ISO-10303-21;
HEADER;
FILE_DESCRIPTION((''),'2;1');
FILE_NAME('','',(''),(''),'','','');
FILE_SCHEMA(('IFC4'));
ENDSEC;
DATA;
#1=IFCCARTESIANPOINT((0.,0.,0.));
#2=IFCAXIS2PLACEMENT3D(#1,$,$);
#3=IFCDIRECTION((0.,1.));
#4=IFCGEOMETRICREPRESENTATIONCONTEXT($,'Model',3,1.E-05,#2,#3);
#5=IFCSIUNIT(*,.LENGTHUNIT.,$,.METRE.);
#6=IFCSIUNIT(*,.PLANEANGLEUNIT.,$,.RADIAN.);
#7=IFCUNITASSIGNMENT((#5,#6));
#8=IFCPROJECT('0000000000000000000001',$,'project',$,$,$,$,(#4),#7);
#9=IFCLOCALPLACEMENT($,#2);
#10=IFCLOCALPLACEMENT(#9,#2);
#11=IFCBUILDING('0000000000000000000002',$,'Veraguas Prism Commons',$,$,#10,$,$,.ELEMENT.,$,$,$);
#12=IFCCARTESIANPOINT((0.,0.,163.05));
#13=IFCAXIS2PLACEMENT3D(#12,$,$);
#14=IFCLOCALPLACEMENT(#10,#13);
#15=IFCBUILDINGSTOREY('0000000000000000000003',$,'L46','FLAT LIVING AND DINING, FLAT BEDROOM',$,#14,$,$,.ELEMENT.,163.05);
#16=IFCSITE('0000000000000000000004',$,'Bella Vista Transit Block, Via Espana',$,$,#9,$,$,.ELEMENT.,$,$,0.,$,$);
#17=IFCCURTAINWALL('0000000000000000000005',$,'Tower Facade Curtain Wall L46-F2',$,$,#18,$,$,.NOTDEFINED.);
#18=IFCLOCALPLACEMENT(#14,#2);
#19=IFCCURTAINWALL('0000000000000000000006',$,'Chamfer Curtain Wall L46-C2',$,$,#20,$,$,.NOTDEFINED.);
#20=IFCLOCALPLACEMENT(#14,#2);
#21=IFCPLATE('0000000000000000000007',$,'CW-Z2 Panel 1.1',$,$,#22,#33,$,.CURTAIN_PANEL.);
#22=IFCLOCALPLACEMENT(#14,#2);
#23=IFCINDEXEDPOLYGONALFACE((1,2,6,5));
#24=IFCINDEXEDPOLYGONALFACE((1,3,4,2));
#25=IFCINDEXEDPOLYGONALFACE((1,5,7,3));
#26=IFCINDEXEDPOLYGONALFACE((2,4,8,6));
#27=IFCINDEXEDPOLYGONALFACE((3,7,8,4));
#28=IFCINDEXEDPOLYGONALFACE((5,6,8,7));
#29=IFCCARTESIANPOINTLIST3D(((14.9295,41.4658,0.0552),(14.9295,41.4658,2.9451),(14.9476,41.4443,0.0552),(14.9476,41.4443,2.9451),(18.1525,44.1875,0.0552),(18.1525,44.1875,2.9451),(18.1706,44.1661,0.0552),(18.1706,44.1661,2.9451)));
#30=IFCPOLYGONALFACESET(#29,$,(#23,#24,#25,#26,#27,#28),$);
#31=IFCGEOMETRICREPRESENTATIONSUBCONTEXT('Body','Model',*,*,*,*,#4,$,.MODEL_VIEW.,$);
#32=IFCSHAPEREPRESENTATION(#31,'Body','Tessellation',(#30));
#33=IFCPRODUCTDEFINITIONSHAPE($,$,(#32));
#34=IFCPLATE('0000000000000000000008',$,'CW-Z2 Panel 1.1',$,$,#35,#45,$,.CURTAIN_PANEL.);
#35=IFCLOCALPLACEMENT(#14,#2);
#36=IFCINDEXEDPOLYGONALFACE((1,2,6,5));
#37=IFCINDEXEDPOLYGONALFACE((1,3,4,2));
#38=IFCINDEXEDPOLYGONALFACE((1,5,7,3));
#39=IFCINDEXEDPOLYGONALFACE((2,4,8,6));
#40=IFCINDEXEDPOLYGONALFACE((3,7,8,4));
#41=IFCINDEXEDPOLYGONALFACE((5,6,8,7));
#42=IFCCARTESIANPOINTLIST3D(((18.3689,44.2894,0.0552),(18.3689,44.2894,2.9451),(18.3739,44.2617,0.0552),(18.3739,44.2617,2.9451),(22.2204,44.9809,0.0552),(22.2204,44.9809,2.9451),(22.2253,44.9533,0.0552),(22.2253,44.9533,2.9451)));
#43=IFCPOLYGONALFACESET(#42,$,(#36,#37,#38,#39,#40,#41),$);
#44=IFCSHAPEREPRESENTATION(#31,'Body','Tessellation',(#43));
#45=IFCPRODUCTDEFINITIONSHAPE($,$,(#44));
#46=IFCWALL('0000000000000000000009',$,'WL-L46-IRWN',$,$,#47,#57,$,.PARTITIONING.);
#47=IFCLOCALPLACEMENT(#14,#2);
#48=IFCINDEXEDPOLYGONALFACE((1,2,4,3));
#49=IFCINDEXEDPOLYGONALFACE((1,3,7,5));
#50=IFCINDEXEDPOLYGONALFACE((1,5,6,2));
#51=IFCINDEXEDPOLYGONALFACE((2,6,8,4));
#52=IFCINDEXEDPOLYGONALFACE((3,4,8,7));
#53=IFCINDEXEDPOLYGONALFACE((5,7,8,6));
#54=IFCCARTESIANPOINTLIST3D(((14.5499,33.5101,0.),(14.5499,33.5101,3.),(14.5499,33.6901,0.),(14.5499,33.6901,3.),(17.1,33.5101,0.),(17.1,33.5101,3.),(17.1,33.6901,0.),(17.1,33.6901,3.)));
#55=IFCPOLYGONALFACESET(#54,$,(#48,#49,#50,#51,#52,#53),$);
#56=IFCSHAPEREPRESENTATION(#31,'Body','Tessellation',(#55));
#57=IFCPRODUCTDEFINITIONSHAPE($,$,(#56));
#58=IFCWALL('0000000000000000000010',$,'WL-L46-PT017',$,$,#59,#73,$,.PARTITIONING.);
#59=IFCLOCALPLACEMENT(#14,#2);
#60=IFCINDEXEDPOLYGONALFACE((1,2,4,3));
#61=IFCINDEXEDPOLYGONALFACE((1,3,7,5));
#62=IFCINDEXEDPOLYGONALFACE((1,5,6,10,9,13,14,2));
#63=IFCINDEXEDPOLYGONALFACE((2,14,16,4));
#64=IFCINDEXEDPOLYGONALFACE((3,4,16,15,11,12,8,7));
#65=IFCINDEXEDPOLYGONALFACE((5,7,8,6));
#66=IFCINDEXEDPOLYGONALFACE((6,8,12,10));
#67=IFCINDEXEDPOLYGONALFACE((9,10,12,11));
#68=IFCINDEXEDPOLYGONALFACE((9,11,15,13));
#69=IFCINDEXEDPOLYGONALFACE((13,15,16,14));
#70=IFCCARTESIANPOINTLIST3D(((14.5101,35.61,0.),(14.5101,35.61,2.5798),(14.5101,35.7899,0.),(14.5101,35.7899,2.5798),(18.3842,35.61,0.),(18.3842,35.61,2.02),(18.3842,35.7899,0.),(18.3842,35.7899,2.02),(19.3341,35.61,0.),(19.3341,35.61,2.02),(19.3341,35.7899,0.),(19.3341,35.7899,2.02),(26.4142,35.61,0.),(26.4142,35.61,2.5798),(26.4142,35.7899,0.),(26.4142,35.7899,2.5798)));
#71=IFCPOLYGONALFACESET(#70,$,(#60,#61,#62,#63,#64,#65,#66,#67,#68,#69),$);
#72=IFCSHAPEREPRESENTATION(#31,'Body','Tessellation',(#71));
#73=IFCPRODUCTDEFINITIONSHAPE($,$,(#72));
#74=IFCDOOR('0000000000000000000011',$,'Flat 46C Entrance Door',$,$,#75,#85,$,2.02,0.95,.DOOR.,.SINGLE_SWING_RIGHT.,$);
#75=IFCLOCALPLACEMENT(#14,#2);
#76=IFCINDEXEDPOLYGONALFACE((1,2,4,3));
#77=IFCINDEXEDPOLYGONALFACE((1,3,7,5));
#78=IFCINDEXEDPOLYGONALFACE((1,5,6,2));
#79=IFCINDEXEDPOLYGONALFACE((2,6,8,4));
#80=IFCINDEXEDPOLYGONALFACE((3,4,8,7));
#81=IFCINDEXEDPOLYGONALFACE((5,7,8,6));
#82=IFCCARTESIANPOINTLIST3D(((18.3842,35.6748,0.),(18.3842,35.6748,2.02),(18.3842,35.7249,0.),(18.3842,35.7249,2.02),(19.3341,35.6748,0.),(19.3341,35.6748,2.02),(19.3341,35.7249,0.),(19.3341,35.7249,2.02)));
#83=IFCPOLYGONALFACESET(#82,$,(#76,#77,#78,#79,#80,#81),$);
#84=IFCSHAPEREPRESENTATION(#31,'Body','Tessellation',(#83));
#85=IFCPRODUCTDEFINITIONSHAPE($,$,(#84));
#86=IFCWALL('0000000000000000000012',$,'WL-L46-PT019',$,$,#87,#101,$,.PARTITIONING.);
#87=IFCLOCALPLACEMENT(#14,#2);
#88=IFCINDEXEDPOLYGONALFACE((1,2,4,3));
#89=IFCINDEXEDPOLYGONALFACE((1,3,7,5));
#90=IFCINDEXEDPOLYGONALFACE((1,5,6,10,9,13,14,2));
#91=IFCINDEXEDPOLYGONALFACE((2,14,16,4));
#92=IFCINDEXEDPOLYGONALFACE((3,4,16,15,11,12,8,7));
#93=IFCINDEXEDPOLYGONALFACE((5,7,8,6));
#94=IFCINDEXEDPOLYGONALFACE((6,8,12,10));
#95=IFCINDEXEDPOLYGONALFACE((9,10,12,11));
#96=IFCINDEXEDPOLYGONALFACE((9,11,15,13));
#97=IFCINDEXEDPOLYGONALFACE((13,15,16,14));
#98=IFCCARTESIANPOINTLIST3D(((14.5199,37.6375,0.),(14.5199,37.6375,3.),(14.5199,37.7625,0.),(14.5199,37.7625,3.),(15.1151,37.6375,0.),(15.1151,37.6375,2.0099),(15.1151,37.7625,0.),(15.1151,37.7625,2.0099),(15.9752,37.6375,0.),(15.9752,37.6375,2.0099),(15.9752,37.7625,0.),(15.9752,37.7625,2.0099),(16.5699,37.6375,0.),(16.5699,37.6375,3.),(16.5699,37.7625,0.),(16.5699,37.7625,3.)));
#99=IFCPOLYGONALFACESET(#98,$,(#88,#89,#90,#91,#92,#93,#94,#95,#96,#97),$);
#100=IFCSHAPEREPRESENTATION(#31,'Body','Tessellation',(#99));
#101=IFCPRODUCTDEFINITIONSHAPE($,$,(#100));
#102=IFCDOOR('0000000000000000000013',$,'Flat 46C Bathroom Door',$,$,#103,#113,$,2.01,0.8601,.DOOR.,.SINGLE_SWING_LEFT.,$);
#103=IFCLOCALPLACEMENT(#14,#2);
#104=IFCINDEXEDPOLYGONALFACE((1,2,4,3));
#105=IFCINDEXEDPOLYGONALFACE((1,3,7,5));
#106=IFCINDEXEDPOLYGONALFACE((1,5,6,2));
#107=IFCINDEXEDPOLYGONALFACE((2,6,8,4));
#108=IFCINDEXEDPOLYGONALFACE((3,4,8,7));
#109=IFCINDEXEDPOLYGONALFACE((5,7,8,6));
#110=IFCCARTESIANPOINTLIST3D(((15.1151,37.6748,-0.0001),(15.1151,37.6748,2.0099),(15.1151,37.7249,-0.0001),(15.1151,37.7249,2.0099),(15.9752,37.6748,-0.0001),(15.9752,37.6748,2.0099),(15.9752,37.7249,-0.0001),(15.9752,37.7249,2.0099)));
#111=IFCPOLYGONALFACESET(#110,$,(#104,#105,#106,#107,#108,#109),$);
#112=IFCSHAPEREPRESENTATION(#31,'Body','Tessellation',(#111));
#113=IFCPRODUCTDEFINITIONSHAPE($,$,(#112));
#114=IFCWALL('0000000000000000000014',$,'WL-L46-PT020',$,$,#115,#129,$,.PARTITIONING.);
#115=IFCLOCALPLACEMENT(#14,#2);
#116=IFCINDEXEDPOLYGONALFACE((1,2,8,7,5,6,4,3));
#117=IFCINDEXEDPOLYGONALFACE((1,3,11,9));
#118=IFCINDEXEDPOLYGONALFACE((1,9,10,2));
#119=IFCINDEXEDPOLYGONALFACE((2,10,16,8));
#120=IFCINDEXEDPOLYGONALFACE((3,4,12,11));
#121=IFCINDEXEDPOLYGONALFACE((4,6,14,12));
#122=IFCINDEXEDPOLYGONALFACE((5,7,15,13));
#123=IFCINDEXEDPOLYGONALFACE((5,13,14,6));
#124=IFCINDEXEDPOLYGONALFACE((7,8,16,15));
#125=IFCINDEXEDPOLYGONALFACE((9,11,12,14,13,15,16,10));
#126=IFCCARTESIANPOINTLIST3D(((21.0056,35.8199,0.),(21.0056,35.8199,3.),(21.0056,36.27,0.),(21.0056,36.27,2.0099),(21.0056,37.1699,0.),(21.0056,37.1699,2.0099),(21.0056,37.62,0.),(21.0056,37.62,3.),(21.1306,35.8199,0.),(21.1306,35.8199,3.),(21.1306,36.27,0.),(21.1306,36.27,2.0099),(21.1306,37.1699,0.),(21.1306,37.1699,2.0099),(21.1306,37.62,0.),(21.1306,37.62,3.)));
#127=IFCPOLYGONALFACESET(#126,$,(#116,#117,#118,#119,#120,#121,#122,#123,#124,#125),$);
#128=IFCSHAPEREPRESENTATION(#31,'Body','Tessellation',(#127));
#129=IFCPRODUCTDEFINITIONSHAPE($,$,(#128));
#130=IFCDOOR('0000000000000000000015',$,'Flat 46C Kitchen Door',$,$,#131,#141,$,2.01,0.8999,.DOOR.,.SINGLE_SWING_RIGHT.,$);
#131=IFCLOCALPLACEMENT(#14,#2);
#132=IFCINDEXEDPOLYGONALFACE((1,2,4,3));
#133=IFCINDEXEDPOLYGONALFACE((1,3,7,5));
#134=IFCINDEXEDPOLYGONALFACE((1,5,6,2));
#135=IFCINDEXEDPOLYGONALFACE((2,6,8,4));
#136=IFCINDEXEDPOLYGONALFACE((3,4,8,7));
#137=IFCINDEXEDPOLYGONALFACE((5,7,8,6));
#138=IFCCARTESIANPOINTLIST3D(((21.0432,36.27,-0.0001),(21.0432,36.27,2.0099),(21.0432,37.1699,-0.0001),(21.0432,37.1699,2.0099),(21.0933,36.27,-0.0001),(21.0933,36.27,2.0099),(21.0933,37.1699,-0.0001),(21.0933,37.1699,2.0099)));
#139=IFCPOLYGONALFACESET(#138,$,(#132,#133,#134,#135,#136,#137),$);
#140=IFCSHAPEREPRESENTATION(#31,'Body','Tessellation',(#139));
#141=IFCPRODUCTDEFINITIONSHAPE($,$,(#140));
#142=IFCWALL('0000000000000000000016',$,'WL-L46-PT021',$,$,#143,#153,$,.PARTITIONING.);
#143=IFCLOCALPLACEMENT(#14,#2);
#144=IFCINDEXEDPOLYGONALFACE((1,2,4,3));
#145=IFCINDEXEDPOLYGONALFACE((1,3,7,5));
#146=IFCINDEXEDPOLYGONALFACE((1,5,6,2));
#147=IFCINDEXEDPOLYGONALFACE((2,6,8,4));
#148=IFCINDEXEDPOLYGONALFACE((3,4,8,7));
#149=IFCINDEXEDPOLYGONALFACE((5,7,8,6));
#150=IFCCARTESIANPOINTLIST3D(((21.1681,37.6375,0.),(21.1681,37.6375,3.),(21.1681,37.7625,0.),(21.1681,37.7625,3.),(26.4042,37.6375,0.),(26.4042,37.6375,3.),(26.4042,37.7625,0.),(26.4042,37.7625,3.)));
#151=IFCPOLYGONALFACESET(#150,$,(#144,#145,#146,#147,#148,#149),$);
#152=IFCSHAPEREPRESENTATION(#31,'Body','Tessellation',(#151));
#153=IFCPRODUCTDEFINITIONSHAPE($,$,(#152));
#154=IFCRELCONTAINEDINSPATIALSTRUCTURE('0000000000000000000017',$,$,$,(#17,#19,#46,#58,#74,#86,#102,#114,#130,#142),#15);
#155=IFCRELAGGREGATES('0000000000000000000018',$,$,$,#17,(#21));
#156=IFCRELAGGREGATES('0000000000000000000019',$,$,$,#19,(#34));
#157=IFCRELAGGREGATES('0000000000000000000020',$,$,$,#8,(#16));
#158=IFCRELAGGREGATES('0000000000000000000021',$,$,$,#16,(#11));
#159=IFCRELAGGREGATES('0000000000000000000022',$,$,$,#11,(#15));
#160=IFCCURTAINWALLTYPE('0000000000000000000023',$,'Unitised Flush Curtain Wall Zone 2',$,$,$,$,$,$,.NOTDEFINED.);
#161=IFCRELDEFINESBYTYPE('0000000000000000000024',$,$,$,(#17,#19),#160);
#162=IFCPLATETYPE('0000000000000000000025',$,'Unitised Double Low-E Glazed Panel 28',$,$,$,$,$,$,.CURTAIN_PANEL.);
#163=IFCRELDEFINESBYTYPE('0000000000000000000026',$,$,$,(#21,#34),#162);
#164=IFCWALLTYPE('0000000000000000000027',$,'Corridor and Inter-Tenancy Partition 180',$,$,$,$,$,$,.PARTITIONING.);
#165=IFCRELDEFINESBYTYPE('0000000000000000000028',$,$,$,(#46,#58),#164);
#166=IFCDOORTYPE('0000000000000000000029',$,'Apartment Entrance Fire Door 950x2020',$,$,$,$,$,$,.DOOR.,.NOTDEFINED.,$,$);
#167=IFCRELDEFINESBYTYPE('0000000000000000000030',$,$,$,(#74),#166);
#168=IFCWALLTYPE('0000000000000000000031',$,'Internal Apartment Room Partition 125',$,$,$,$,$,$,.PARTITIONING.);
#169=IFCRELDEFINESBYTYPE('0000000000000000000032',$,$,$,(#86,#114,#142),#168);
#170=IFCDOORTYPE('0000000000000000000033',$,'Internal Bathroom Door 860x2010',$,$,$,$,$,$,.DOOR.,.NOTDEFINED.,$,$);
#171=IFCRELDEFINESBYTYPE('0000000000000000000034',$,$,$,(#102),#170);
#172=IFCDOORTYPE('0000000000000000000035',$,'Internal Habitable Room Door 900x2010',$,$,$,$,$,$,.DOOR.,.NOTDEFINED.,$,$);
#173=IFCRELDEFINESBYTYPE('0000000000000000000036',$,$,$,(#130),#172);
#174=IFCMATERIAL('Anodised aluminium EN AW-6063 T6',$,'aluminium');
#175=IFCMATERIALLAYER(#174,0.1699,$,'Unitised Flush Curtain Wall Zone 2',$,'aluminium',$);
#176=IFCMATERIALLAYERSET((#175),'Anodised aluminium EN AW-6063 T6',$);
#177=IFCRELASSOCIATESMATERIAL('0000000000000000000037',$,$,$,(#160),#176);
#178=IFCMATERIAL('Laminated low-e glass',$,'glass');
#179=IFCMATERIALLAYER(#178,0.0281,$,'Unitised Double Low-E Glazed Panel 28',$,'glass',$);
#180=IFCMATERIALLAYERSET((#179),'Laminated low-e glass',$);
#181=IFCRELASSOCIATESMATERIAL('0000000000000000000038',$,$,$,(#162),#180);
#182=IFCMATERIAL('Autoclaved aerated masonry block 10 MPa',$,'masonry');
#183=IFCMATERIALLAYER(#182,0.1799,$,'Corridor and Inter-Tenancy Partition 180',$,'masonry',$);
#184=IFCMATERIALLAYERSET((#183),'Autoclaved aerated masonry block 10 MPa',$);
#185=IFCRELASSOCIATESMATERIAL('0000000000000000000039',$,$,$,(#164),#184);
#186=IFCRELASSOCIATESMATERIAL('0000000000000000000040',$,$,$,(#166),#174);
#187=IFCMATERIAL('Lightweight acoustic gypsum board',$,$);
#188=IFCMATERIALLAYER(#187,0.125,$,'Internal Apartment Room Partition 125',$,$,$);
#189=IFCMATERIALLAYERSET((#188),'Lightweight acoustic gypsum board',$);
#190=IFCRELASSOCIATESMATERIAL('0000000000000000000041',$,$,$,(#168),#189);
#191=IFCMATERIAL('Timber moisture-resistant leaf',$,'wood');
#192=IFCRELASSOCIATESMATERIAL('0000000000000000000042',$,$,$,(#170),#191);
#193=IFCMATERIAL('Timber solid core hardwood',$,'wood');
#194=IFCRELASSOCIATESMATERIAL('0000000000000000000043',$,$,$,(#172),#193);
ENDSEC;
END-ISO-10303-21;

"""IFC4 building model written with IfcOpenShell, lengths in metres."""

from ifc_helpers import new_model, si_unit, direction, frame, frame_2d, origin, origin_2d, place, context, subcontext, project, spatial, rectangle, extrude, source, transform, mapped, material, layer, layer_set, type_object, element, fill, aggregate, save


model = new_model("IFC4")

# Units and contexts
model_context = context("Model", 3, precision=1e-05, world=origin(), true_north=direction((0.0, 1.0)))
body_context = subcontext(model_context, "Body", "Model", "MODEL_VIEW")
ifc_project = project(units=[si_unit("LENGTHUNIT", "METRE"), si_unit("PLANEANGLEUNIT", "RADIAN")], contexts=[model_context])

# Site, building, storey
site_placement = place(None, origin())
site = spatial("IfcSite", under=ifc_project, at=site_placement, Name="Bella Vista Transit Block, Via Espana", CompositionType="ELEMENT", RefElevation=0.0)
building_placement = place(site_placement, origin())
building = spatial("IfcBuilding", under=site, at=building_placement, Name="Veraguas Prism Commons", CompositionType="ELEMENT")
storey_placement = place(building_placement, frame((0.0, 0.0, 163.05)))
storey = spatial("IfcBuildingStorey", under=building, at=storey_placement, Name="L46", Description="FLAT LIVING AND DINING, FLAT BEDROOM", CompositionType="ELEMENT", Elevation=163.05)

# Curtain walls
ifc_material_1 = material(Name="Anodised aluminium EN AW-6063 T6", Category="aluminium")
ifc_layer_1 = layer(ifc_material_1, 0.1699, Name="Unitised Flush Curtain Wall Zone 2", Category="aluminium")
ifc_layer_set_1 = layer_set([ifc_layer_1], Name="Anodised aluminium EN AW-6063 T6")
curtain_wall_type = type_object("IfcCurtainWallType", Name="Unitised Flush Curtain Wall Zone 2", PredefinedType="NOTDEFINED", material=ifc_layer_set_1)
curtain_wall_1_placement = place(storey_placement, origin())
curtain_wall_1 = element("IfcCurtainWall", 1, at=curtain_wall_1_placement, inside=storey, type_object=curtain_wall_type, Name="Tower Facade Curtain Wall L46-F2", PredefinedType="NOTDEFINED")
curtain_wall_2_placement = place(storey_placement, origin())
curtain_wall_2 = element("IfcCurtainWall", 2, at=curtain_wall_2_placement, inside=storey, type_object=curtain_wall_type, Name="Chamfer Curtain Wall L46-C2", PredefinedType="NOTDEFINED")

# Plates
ifc_material_2 = material(Name="Laminated low-e glass", Category="glass")
ifc_layer_2 = layer(ifc_material_2, 0.0281, Name="Unitised Double Low-E Glazed Panel 28", Category="glass")
ifc_layer_set_2 = layer_set([ifc_layer_2], Name="Laminated low-e glass")
plate_type = type_object("IfcPlateType", Name="Unitised Double Low-E Glazed Panel 28", PredefinedType="CURTAIN_PANEL", material=ifc_layer_set_2)
shared_shape_1 = source(origin(), body_context, "Body", "SweptSolid", [
    extrude(rectangle(XDim=4.2185, YDim=0.0281, at=origin_2d()), origin(), (0.0, 0.0, 1.0), 2.8899),
])
plate_1_placement = place(storey_placement, frame((16.55, 42.8159, 0.0552), z_axis=(0.0, 0.0, 1.0), x_axis=(-0.764022, -0.64519, 0.0)))
plate_1 = element("IfcPlate", 3, at=plate_1_placement, type_object=plate_type, Name="CW-Z2 Panel 1.1", PredefinedType="CURTAIN_PANEL", context=body_context, shape_type="MappedRepresentation", body=[
    mapped(shared_shape_1, transform((0.0, 0.0, 0.0), scale=1.0)),
])
aggregate(curtain_wall_1, [plate_1])
shared_shape_2 = source(origin(), body_context, "Body", "SweptSolid", [
    extrude(rectangle(XDim=3.9131, YDim=0.0281, at=origin_2d()), origin(), (0.0, 0.0, 1.0), 2.8899),
])
plate_2_placement = place(storey_placement, frame((20.2971, 44.6213, 0.0552), z_axis=(0.0, 0.0, 1.0), x_axis=(-0.984258, -0.176738, 0.0)))
plate_2 = element("IfcPlate", 4, at=plate_2_placement, type_object=plate_type, Name="CW-Z2 Panel 1.1", PredefinedType="CURTAIN_PANEL", context=body_context, shape_type="MappedRepresentation", body=[
    mapped(shared_shape_2, transform((0.0, 0.0, 0.0), scale=1.0)),
])
aggregate(curtain_wall_2, [plate_2])

# Wall
ifc_material_3 = material(Name="Autoclaved aerated masonry block 10 MPa", Category="masonry")
ifc_layer_3 = layer(ifc_material_3, 0.1799, Name="Corridor and Inter-Tenancy Partition 180", Category="masonry")
ifc_layer_set_3 = layer_set([ifc_layer_3], Name="Autoclaved aerated masonry block 10 MPa")
wall_type_1 = type_object("IfcWallType", Name="Corridor and Inter-Tenancy Partition 180", PredefinedType="PARTITIONING", material=ifc_layer_set_3)
wall_1_placement = place(storey_placement, frame((14.55, 33.6001, 0.0), z_axis=(0.0, 0.0, 1.0), x_axis=(1.0, 0.0, 0.0)))
element("IfcWall", 5, at=wall_1_placement, inside=storey, type_object=wall_type_1, Name="WL-L46-IRWN", PredefinedType="PARTITIONING", context=body_context, shape_type="SweptSolid", body=[
    extrude(rectangle(XDim=2.55, YDim=0.1799, at=frame_2d((1.2749, 0.0))), origin(), (0.0, 0.0, 1.0), 3.0),
])

# Walls, openings, doors
wall_2_placement = place(storey_placement, frame((14.51, 35.7, 0.0), z_axis=(0.0, 0.0, 1.0), x_axis=(1.0, 0.0, 0.0)))
wall_2 = element("IfcWall", 6, at=wall_2_placement, inside=storey, type_object=wall_type_1, Name="WL-L46-PT017", PredefinedType="PARTITIONING", context=body_context, shape_type="SweptSolid", body=[
    extrude(rectangle(XDim=11.9041, YDim=0.1799, at=frame_2d((5.9521, 0.0))), origin(), (0.0, 0.0, 1.0), 2.5798),
])
opening_1_placement = place(wall_2_placement, frame((3.874, 0.0, 0.0)))
opening_1 = element("IfcOpeningElement", 7, at=opening_1_placement, cuts=wall_2, PredefinedType="OPENING", context=body_context, shape_type="SweptSolid", body=[
    extrude(rectangle(XDim=0.95, YDim=2.02, at=frame_2d((0.4751, 1.01))), frame((0.0, 0.0999, 0.0), z_axis=(0.0, -1.0, 0.0), x_axis=(1.0, 0.0, 0.0)), (0.0, 0.0, 1.0), 0.2),
])
door_type_1 = type_object("IfcDoorType", Name="Apartment Entrance Fire Door 950x2020", OperationType="NOTDEFINED", PredefinedType="DOOR", material=ifc_material_1)
shared_shape_3 = source(origin(), body_context, "Body", "SweptSolid", [
    extrude(rectangle(XDim=0.95, YDim=2.02, at=frame_2d((0.4751, 1.01))), frame((0.0, 0.0249, 0.0), z_axis=(0.0, -1.0, 0.0), x_axis=(1.0, 0.0, 0.0)), (0.0, 0.0, 1.0), 0.05),
])
door_1_placement = place(opening_1_placement, origin())
door_1 = element("IfcDoor", 8, at=door_1_placement, inside=storey, type_object=door_type_1, Name="Flat 46C Entrance Door", OperationType="SINGLE_SWING_RIGHT", OverallHeight=2.02, OverallWidth=0.95, PredefinedType="DOOR", context=body_context, shape_type="MappedRepresentation", body=[
    mapped(shared_shape_3, transform((0.0, 0.0, 0.0), scale=1.0)),
])
fill(opening_1, door_1)
ifc_material_4 = material(Name="Lightweight acoustic gypsum board")
ifc_layer_4 = layer(ifc_material_4, 0.125, Name="Internal Apartment Room Partition 125")
ifc_layer_set_4 = layer_set([ifc_layer_4], Name="Lightweight acoustic gypsum board")
wall_type_2 = type_object("IfcWallType", Name="Internal Apartment Room Partition 125", PredefinedType="PARTITIONING", material=ifc_layer_set_4)
wall_3_placement = place(storey_placement, frame((14.52, 37.7, 0.0), z_axis=(0.0, 0.0, 1.0), x_axis=(1.0, 0.0, 0.0)))
wall_3 = element("IfcWall", 9, at=wall_3_placement, inside=storey, type_object=wall_type_2, Name="WL-L46-PT019", PredefinedType="PARTITIONING", context=body_context, shape_type="SweptSolid", body=[
    extrude(rectangle(XDim=2.05, YDim=0.125, at=frame_2d((1.0249, 0.0))), origin(), (0.0, 0.0, 1.0), 3.0),
])
opening_2_placement = place(wall_3_placement, frame((0.595, 0.0, 0.0)))
opening_2 = element("IfcOpeningElement", 10, at=opening_2_placement, cuts=wall_3, PredefinedType="OPENING", context=body_context, shape_type="SweptSolid", body=[
    extrude(rectangle(XDim=0.8601, YDim=2.01, at=frame_2d((0.4302, 1.0049))), frame((0.0, 0.0725, 0.0), z_axis=(0.0, -1.0, 0.0), x_axis=(1.0, 0.0, 0.0)), (0.0, 0.0, 1.0), 0.145),
])
ifc_material_5 = material(Name="Timber moisture-resistant leaf", Category="wood")
door_type_2 = type_object("IfcDoorType", Name="Internal Bathroom Door 860x2010", OperationType="NOTDEFINED", PredefinedType="DOOR", material=ifc_material_5)
shared_shape_4 = source(origin(), body_context, "Body", "SweptSolid", [
    extrude(rectangle(XDim=0.8601, YDim=2.01, at=frame_2d((0.4302, 1.0049))), frame((0.0, 0.0249, 0.0), z_axis=(0.0, -1.0, 0.0), x_axis=(1.0, 0.0, 0.0)), (0.0, 0.0, 1.0), 0.05),
])
door_2_placement = place(opening_2_placement, origin())
door_2 = element("IfcDoor", 11, at=door_2_placement, inside=storey, type_object=door_type_2, Name="Flat 46C Bathroom Door", OperationType="SINGLE_SWING_LEFT", OverallHeight=2.01, OverallWidth=0.8601, PredefinedType="DOOR", context=body_context, shape_type="MappedRepresentation", body=[
    mapped(shared_shape_4, transform((0.0, 0.0, 0.0), scale=1.0)),
])
fill(opening_2, door_2)
wall_4_placement = place(storey_placement, frame((21.0681, 35.8201, 0.0), z_axis=(0.0, 0.0, 1.0), x_axis=(0.0, 1.0, 0.0)))
wall_4 = element("IfcWall", 12, at=wall_4_placement, inside=storey, type_object=wall_type_2, Name="WL-L46-PT020", PredefinedType="PARTITIONING", context=body_context, shape_type="SweptSolid", body=[
    extrude(rectangle(XDim=1.8, YDim=0.125, at=frame_2d((0.8999, 0.0))), origin(), (0.0, 0.0, 1.0), 3.0),
])
opening_3_placement = place(wall_4_placement, frame((0.45, 0.0, 0.0)))
opening_3 = element("IfcOpeningElement", 13, at=opening_3_placement, cuts=wall_4, PredefinedType="OPENING", context=body_context, shape_type="SweptSolid", body=[
    extrude(rectangle(XDim=0.8999, YDim=2.01, at=frame_2d((0.45, 1.0049))), frame((0.0, 0.0725, 0.0), z_axis=(0.0, -1.0, 0.0), x_axis=(1.0, 0.0, 0.0)), (0.0, 0.0, 1.0), 0.145),
])
ifc_material_6 = material(Name="Timber solid core hardwood", Category="wood")
door_type_3 = type_object("IfcDoorType", Name="Internal Habitable Room Door 900x2010", OperationType="NOTDEFINED", PredefinedType="DOOR", material=ifc_material_6)
shared_shape_5 = source(origin(), body_context, "Body", "SweptSolid", [
    extrude(rectangle(XDim=0.8999, YDim=2.01, at=frame_2d((0.45, 1.0049))), frame((0.0, 0.0249, 0.0), z_axis=(0.0, -1.0, 0.0), x_axis=(1.0, 0.0, 0.0)), (0.0, 0.0, 1.0), 0.05),
])
door_3_placement = place(opening_3_placement, origin())
door_3 = element("IfcDoor", 14, at=door_3_placement, inside=storey, type_object=door_type_3, Name="Flat 46C Kitchen Door", OperationType="SINGLE_SWING_RIGHT", OverallHeight=2.01, OverallWidth=0.8999, PredefinedType="DOOR", context=body_context, shape_type="MappedRepresentation", body=[
    mapped(shared_shape_5, transform((0.0, 0.0, 0.0), scale=1.0)),
])
fill(opening_3, door_3)

# Wall
wall_5_placement = place(storey_placement, frame((21.168, 37.7, 0.0), z_axis=(0.0, 0.0, 1.0), x_axis=(1.0, 0.0, 0.0)))
element("IfcWall", 15, at=wall_5_placement, inside=storey, type_object=wall_type_2, Name="WL-L46-PT021", PredefinedType="PARTITIONING", context=body_context, shape_type="SweptSolid", body=[
    extrude(rectangle(XDim=5.2361, YDim=0.125, at=frame_2d((2.6182, 0.0))), origin(), (0.0, 0.0, 1.0), 3.0),
])

save(model, "model.ifc")
